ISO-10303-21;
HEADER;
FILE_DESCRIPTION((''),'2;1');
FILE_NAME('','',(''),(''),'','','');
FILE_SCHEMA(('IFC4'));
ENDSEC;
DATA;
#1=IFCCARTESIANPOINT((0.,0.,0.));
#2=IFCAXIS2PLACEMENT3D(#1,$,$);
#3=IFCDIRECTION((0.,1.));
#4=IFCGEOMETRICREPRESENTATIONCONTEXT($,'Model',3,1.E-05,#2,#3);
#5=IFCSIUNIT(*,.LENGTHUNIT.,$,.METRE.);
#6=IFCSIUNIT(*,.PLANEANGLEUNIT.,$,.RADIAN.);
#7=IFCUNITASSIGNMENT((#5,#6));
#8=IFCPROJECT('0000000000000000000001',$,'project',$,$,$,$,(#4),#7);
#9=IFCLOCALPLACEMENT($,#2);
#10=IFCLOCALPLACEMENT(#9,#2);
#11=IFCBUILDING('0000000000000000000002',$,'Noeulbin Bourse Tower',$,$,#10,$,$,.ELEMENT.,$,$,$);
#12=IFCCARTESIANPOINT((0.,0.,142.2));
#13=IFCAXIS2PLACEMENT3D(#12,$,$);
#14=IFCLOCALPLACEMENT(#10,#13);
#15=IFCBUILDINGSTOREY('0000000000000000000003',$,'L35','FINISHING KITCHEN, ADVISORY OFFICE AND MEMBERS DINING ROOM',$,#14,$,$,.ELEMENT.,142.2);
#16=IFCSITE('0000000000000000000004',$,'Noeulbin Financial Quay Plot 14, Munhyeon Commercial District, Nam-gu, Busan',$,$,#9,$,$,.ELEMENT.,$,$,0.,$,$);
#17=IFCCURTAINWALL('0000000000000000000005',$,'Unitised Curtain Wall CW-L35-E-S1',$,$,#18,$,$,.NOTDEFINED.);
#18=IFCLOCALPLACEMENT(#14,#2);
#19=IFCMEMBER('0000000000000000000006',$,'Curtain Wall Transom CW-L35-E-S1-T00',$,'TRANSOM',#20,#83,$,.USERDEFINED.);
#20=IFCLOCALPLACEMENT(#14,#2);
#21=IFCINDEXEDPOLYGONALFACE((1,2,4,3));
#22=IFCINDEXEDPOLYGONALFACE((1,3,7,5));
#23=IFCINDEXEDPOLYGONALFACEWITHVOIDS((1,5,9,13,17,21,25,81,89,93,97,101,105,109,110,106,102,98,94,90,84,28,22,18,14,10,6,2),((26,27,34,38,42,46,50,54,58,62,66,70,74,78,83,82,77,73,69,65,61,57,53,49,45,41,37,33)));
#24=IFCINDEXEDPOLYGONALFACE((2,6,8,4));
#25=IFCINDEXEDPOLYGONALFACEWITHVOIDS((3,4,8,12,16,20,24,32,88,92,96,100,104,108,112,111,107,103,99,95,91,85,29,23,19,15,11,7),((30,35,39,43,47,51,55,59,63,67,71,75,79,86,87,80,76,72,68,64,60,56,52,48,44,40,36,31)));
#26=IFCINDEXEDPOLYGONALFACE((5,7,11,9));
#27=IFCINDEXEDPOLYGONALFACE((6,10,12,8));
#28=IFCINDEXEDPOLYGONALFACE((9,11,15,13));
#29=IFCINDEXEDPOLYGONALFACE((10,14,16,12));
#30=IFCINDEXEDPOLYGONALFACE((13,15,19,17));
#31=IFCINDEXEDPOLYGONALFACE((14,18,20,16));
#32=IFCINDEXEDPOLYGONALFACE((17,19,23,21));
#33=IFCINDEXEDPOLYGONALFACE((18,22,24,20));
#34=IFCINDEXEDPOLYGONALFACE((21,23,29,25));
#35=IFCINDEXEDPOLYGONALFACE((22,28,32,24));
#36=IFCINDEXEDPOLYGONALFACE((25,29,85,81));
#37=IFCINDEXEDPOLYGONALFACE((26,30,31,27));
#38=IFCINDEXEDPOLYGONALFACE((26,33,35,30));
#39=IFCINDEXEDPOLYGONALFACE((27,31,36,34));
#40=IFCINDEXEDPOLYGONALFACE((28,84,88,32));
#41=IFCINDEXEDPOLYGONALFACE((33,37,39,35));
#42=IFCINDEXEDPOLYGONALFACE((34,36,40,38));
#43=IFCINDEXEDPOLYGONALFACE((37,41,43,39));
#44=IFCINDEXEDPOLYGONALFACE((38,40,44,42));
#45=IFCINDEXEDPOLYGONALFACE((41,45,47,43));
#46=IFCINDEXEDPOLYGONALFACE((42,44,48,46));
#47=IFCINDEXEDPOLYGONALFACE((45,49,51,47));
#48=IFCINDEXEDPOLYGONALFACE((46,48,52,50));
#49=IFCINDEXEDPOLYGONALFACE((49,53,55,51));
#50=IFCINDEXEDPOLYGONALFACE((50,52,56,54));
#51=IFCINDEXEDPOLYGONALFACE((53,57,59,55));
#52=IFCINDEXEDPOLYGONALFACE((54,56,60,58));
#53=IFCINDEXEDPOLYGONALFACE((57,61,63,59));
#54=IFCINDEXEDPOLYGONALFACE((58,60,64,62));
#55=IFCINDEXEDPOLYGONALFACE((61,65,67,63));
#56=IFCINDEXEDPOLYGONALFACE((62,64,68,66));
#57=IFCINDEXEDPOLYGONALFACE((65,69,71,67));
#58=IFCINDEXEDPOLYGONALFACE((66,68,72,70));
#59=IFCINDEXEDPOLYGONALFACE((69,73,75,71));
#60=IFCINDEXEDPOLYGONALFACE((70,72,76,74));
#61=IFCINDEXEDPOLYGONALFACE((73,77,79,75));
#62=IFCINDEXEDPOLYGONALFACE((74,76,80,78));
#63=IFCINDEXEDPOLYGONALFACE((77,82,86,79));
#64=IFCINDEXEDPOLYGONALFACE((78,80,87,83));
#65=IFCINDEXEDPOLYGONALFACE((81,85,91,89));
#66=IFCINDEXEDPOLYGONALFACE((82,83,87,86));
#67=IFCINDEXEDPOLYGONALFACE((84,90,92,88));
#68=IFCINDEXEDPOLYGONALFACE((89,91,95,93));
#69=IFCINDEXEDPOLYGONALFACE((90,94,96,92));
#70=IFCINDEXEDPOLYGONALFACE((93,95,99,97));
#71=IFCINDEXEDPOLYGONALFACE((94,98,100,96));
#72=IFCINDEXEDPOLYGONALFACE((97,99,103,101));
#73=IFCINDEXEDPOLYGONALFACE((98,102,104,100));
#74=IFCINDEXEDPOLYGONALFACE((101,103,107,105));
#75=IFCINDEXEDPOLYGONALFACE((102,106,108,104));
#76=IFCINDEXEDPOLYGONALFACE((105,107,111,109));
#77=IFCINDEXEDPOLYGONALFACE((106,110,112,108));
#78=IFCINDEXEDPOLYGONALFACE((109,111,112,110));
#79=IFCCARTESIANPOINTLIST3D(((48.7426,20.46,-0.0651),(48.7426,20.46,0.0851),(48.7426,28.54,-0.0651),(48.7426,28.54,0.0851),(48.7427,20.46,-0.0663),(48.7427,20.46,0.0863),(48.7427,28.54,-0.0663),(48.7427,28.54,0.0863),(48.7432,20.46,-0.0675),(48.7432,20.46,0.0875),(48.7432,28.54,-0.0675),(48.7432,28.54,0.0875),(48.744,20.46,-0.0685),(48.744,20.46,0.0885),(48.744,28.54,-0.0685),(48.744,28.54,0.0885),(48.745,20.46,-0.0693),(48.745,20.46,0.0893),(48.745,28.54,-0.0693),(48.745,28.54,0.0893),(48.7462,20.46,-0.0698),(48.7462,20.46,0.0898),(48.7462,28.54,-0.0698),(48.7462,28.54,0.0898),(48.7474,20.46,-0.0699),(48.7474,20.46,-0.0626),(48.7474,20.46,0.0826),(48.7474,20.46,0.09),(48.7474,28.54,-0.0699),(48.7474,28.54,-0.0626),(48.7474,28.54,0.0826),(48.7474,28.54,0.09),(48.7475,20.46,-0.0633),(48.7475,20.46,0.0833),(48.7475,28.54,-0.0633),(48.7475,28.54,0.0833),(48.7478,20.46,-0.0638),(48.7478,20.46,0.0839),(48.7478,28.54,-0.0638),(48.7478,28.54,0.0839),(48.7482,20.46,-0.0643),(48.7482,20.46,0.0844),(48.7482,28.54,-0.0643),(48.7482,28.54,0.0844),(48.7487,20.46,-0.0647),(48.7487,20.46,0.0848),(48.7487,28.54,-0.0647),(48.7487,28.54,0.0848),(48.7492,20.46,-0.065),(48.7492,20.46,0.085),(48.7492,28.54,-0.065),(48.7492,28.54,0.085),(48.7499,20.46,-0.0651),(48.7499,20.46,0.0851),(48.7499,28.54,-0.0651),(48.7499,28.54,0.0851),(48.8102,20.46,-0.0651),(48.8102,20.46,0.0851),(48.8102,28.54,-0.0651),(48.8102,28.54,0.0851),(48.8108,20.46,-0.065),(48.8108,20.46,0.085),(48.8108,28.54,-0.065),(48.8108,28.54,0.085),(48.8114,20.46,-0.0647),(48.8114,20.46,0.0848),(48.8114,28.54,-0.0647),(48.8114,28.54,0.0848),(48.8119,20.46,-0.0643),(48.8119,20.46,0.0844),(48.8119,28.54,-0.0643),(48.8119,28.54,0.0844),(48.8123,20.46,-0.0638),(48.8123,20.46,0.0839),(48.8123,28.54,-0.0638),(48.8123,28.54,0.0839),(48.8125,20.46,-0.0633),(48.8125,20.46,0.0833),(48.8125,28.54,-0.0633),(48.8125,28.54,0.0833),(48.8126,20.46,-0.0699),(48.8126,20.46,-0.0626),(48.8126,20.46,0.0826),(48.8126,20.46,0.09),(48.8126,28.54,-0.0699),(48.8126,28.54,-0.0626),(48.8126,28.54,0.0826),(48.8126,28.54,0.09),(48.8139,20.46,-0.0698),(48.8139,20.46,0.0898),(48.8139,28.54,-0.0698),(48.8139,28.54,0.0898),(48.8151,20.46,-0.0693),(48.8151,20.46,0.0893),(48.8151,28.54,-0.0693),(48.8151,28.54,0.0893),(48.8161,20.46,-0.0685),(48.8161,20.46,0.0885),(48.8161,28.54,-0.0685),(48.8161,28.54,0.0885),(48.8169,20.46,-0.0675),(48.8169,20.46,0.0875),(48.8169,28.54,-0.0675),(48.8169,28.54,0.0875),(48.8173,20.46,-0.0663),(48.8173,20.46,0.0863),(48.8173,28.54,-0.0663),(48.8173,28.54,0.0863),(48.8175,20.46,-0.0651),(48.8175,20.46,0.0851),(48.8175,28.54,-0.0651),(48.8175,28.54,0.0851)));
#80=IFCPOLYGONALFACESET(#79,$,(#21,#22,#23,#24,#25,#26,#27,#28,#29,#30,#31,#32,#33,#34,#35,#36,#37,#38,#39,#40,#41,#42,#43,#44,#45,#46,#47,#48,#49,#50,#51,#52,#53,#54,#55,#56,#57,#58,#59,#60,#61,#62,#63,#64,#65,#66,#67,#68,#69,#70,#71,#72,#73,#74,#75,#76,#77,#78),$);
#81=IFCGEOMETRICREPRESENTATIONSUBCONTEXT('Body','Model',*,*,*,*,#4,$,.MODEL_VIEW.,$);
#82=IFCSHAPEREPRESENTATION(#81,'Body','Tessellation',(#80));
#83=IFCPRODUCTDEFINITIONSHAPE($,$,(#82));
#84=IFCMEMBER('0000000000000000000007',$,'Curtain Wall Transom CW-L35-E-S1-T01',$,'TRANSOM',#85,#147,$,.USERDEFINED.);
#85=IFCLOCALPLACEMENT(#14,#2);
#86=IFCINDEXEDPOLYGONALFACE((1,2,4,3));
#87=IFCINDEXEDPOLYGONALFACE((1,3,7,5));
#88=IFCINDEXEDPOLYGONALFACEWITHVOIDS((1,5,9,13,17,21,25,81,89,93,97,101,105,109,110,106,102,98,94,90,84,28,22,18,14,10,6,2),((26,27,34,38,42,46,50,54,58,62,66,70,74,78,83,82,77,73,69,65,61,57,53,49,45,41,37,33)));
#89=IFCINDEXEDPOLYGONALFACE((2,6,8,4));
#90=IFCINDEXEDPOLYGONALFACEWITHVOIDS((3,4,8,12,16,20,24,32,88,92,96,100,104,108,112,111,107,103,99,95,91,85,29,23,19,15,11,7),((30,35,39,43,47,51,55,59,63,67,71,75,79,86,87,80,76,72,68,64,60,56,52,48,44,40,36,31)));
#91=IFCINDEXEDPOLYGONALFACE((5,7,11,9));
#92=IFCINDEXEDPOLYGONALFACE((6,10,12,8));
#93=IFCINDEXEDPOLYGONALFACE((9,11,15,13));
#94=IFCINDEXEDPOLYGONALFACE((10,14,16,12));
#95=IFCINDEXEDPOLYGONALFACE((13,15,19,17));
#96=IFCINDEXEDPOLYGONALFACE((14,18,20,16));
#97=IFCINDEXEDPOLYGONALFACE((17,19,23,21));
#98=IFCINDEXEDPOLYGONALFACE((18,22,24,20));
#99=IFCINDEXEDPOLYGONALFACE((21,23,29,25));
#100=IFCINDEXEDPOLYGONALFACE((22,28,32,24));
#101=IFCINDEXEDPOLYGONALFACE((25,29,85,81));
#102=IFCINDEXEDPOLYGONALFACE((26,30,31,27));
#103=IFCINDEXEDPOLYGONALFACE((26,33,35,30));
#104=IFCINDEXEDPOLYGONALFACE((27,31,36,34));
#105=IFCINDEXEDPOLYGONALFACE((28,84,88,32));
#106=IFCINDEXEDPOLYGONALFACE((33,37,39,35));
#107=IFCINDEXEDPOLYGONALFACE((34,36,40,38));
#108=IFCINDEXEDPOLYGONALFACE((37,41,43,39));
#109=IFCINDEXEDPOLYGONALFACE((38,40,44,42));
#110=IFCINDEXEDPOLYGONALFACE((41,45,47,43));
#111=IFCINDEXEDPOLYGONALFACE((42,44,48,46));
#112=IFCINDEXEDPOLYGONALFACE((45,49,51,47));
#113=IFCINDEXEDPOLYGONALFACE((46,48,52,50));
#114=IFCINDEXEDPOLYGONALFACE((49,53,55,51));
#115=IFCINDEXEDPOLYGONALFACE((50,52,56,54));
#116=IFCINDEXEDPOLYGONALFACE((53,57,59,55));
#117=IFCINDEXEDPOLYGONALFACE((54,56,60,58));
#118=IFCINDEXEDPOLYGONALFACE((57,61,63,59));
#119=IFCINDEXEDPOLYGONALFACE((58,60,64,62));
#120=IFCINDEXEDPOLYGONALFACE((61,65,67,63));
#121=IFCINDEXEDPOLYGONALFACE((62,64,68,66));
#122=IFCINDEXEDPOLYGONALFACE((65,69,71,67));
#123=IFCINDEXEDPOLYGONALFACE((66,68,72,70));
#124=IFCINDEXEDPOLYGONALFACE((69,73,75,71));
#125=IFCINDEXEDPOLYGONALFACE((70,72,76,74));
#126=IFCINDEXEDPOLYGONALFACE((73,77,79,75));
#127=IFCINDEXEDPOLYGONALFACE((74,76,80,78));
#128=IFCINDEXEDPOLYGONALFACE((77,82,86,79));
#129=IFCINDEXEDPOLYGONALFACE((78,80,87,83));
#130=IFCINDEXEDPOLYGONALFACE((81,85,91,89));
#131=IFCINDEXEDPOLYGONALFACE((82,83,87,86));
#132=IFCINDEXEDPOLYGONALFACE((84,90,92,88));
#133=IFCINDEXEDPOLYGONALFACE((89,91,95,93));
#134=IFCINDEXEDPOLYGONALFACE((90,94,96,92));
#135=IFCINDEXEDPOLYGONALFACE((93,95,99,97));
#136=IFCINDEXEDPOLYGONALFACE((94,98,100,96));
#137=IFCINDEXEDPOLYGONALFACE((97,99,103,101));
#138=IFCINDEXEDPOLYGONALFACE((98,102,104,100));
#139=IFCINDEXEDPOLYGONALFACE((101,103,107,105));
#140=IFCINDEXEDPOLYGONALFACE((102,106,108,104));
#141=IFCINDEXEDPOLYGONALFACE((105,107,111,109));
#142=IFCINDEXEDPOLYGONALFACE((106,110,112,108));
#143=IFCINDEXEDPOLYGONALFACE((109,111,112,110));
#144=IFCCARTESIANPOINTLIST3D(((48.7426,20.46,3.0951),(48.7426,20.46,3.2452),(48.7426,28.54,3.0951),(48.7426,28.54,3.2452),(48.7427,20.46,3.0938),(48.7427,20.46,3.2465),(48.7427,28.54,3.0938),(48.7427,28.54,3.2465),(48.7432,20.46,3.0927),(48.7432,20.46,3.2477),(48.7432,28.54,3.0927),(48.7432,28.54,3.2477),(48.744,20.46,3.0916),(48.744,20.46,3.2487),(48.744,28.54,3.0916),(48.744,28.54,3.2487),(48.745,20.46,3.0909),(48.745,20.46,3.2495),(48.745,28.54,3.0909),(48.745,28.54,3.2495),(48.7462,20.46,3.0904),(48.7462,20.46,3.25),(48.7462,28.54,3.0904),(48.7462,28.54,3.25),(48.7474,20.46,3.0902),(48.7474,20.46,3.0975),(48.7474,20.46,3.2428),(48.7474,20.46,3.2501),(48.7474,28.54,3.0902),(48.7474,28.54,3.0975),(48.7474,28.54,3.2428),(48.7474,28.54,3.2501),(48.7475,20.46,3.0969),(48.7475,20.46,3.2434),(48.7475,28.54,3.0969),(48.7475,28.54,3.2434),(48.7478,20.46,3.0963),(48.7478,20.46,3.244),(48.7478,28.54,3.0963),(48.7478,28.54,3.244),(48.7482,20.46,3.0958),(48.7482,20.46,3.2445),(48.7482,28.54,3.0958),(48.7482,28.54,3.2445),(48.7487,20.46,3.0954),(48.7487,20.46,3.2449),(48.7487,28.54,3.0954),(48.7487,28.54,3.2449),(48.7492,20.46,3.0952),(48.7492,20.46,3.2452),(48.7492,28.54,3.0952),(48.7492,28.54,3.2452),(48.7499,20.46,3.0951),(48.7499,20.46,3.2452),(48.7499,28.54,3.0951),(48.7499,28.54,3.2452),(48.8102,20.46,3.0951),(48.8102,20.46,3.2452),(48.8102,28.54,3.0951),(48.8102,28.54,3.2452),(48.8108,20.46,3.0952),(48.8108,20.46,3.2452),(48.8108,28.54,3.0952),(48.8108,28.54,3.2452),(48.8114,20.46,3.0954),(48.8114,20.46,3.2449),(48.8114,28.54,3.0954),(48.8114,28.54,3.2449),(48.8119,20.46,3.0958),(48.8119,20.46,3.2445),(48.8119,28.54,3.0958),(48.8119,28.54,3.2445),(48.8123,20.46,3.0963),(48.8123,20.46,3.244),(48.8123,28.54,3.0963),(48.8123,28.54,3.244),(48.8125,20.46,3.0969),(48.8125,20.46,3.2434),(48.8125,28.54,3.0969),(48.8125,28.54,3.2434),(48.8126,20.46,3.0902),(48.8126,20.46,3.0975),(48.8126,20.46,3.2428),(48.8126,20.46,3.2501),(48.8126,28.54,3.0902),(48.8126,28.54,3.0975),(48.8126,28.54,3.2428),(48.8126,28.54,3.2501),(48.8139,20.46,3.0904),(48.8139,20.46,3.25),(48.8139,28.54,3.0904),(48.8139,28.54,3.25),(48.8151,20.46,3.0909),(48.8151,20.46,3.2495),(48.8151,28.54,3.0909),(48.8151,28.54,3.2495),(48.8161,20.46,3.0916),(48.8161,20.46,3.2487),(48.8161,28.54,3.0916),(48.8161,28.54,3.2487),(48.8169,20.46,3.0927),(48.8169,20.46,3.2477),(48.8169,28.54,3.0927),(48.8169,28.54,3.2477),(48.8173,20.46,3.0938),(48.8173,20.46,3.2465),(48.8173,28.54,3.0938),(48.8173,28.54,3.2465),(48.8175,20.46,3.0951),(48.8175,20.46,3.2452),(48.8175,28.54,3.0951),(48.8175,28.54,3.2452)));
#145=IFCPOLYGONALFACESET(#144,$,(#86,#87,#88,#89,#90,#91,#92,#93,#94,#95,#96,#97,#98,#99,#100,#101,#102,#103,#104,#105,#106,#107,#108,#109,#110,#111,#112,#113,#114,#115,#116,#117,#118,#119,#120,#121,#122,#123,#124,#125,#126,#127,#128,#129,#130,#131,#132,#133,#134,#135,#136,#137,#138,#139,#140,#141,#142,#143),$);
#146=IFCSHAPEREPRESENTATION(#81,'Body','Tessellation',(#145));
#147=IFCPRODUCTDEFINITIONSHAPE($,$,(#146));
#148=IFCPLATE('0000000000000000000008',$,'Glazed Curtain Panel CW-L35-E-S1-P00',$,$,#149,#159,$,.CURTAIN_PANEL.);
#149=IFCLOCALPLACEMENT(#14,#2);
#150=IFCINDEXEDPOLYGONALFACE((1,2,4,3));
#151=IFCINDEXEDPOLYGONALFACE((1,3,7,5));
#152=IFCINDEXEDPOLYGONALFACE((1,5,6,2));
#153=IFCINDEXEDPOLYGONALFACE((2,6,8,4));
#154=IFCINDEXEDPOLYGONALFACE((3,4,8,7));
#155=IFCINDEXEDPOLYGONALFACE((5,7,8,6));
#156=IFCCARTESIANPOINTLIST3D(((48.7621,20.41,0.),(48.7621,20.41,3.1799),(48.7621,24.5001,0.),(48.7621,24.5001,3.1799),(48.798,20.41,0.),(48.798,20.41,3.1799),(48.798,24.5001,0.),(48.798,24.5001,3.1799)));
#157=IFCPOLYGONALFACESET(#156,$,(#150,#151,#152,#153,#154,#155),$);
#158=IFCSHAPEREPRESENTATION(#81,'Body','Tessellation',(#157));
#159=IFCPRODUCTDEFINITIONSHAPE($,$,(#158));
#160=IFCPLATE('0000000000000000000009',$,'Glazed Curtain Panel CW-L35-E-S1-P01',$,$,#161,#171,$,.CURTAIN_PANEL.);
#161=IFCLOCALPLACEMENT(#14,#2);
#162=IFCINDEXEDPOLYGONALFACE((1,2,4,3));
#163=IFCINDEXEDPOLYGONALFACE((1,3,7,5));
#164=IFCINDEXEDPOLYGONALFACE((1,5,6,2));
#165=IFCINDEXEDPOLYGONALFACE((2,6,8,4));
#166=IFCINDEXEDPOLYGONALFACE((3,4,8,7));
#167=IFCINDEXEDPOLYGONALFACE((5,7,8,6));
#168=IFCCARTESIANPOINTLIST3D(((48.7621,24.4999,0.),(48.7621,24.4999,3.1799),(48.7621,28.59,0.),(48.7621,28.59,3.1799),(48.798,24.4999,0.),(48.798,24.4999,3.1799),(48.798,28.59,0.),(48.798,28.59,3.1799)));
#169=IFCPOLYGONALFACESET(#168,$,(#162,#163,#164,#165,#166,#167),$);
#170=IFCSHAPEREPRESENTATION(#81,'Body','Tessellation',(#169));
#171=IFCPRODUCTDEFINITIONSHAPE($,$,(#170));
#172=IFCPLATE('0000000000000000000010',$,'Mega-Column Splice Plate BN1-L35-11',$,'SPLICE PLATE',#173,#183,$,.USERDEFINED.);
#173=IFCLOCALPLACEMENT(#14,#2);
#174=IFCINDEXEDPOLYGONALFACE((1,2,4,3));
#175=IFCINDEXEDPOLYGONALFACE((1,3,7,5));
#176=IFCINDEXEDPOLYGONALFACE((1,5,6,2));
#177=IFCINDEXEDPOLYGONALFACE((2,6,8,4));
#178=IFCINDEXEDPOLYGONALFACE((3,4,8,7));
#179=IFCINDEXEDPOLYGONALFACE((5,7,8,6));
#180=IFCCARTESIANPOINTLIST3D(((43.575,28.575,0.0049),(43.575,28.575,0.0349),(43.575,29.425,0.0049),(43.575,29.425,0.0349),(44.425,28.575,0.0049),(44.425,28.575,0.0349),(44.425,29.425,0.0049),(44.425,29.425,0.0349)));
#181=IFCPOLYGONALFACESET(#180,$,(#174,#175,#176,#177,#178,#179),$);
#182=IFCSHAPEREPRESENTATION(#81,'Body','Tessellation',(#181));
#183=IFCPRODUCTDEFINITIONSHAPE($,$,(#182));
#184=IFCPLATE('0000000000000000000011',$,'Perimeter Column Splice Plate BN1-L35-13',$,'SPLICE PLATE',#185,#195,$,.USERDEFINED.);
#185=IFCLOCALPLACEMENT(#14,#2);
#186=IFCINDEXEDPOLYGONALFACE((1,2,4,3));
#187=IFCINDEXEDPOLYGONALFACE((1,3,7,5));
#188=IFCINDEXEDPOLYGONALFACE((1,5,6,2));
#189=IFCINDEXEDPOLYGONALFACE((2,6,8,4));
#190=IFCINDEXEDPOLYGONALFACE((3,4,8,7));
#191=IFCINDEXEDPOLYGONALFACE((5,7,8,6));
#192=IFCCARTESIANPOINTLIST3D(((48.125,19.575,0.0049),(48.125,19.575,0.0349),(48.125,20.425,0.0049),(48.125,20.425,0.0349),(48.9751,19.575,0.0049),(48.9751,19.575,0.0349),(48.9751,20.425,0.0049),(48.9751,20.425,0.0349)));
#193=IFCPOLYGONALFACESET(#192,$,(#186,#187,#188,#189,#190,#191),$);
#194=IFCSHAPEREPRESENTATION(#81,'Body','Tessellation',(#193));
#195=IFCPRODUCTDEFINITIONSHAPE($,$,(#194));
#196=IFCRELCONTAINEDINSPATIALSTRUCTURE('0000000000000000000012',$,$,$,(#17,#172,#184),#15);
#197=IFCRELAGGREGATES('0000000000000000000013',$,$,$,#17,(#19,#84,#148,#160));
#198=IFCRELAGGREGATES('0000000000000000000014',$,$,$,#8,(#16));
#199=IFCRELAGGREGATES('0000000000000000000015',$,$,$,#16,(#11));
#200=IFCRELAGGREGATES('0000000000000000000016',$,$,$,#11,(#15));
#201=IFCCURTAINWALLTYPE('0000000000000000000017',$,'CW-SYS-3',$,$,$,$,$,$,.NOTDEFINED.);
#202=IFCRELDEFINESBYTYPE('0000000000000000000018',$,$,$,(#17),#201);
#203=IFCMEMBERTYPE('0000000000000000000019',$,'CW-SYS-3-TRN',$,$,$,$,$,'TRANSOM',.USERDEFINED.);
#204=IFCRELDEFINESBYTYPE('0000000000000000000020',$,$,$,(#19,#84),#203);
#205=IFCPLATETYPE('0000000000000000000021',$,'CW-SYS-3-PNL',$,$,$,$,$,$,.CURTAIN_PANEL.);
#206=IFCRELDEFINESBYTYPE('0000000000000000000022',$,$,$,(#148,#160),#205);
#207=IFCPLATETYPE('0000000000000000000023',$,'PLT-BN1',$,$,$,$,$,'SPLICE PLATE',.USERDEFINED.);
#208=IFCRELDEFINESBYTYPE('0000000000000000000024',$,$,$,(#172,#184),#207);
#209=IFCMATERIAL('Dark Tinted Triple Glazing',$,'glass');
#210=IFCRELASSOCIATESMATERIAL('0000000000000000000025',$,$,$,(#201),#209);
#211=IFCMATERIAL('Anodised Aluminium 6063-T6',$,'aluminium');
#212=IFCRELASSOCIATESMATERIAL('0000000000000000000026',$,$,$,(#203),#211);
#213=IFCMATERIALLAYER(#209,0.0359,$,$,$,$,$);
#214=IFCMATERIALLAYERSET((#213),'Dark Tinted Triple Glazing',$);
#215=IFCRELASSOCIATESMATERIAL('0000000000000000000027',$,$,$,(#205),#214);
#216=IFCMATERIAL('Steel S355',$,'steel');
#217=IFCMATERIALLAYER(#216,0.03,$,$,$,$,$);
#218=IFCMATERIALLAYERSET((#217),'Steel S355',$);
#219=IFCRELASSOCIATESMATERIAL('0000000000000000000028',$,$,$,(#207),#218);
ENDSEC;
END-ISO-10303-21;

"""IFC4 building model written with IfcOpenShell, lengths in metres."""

from ifc_helpers import new_model, si_unit, direction, frame, origin, origin_2d, place, context, subcontext, project, spatial, rectangle, hollow_rectangle, extrude, material, layer, layer_set, material_profile, profile_set, type_object, element, aggregate, save


model = new_model("IFC4")

# Units and contexts
model_context = context("Model", 3, precision=1e-05, world=origin(), true_north=direction((0.0, 1.0)))
body_context = subcontext(model_context, "Body", "Model", "MODEL_VIEW")
ifc_project = project(units=[si_unit("LENGTHUNIT", "METRE"), si_unit("PLANEANGLEUNIT", "RADIAN")], contexts=[model_context])

# Site, building, storey
site_placement = place(None, origin())
site = spatial("IfcSite", under=ifc_project, at=site_placement, Name="Noeulbin Financial Quay Plot 14, Munhyeon Commercial District, Nam-gu, Busan", CompositionType="ELEMENT", RefElevation=0.0)
building_placement = place(site_placement, origin())
building = spatial("IfcBuilding", under=site, at=building_placement, Name="Noeulbin Bourse Tower", CompositionType="ELEMENT")
storey_placement = place(building_placement, frame((0.0, 0.0, 142.2)))
storey = spatial("IfcBuildingStorey", under=building, at=storey_placement, Name="L35", Description="FINISHING KITCHEN, ADVISORY OFFICE AND MEMBERS DINING ROOM", CompositionType="ELEMENT", Elevation=142.2)

# Shared definitions
ifc_material_1 = material(Name="Steel S355", Category="steel")

# Curtain wall, members, plates
ifc_material_2 = material(Name="Dark Tinted Triple Glazing", Category="glass")
curtain_wall_type = type_object("IfcCurtainWallType", Name="CW-SYS-3", PredefinedType="NOTDEFINED", material=ifc_material_2)
curtain_wall_placement = place(storey_placement, origin())
curtain_wall = element("IfcCurtainWall", 1, at=curtain_wall_placement, inside=storey, type_object=curtain_wall_type, Name="Unitised Curtain Wall CW-L35-E-S1", PredefinedType="NOTDEFINED")
ifc_material_3 = material(Name="Anodised Aluminium 6063-T6", Category="aluminium")
ifc_material_profile_1 = material_profile(ifc_material_3, hollow_rectangle(XDim=0.075, YDim=0.1599, WallThickness=0.0049, InnerFilletRadius=0.0024, OuterFilletRadius=0.0049, at=origin_2d()), Name="ALU-TRAN-75x160x5", Category="LoadBearing")
ifc_profile_set_1 = profile_set([ifc_material_profile_1], Name="Anodised Aluminium 6063-T6")
member_type_1 = type_object("IfcMemberType", Name="CW-SYS-3-TRN", ElementType="TRANSOM", PredefinedType="USERDEFINED", material=ifc_profile_set_1)
member_1_placement = place(storey_placement, frame((48.78, 20.46, 0.01), z_axis=(0.0, 1.0, 0.0), x_axis=(-1.0, 0.0, 0.0)))
member_1 = element("IfcMember", 2, at=member_1_placement, type_object=member_type_1, Name="Curtain Wall Transom CW-L35-E-S1-T00", ObjectType="TRANSOM", PredefinedType="USERDEFINED", context=body_context, shape_type="SweptSolid", body=[
    extrude(hollow_rectangle(XDim=0.075, YDim=0.1599, WallThickness=0.0049, InnerFilletRadius=0.0024, OuterFilletRadius=0.0049, at=origin_2d()), origin(), (0.0, 0.0, 1.0), 8.0801),
])
member_2_placement = place(storey_placement, frame((48.78, 20.46, 3.1702), z_axis=(0.0, 1.0, 0.0), x_axis=(-1.0, 0.0, 0.0)))
member_2 = element("IfcMember", 3, at=member_2_placement, type_object=member_type_1, Name="Curtain Wall Transom CW-L35-E-S1-T01", ObjectType="TRANSOM", PredefinedType="USERDEFINED", context=body_context, shape_type="SweptSolid", body=[
    extrude(hollow_rectangle(XDim=0.075, YDim=0.1599, WallThickness=0.0049, InnerFilletRadius=0.0024, OuterFilletRadius=0.0049, at=origin_2d()), origin(), (0.0, 0.0, 1.0), 8.0801),
])
ifc_layer_1 = layer(ifc_material_2, 0.0359)
ifc_layer_set_1 = layer_set([ifc_layer_1], Name="Dark Tinted Triple Glazing")
plate_type_1 = type_object("IfcPlateType", Name="CW-SYS-3-PNL", PredefinedType="CURTAIN_PANEL", material=ifc_layer_set_1)
plate_1_placement = place(storey_placement, frame((48.78, 22.4551, 0.0), z_axis=(0.0, 0.0, 1.0), x_axis=(0.0, 1.0, 0.0)))
plate_1 = element("IfcPlate", 4, at=plate_1_placement, type_object=plate_type_1, Name="Glazed Curtain Panel CW-L35-E-S1-P00", PredefinedType="CURTAIN_PANEL", context=body_context, shape_type="SweptSolid", body=[
    extrude(rectangle(XDim=4.0901, YDim=0.0359, at=origin_2d()), origin(), (0.0, 0.0, 1.0), 3.1799),
])
plate_2_placement = place(storey_placement, frame((48.78, 26.5449, 0.0), z_axis=(0.0, 0.0, 1.0), x_axis=(0.0, 1.0, 0.0)))
plate_2 = element("IfcPlate", 5, at=plate_2_placement, type_object=plate_type_1, Name="Glazed Curtain Panel CW-L35-E-S1-P01", PredefinedType="CURTAIN_PANEL", context=body_context, shape_type="SweptSolid", body=[
    extrude(rectangle(XDim=4.0901, YDim=0.0359, at=origin_2d()), origin(), (0.0, 0.0, 1.0), 3.1799),
])
aggregate(curtain_wall, [member_1, member_2, plate_1, plate_2])

# Plates
ifc_layer_2 = layer(ifc_material_1, 0.03)
ifc_layer_set_2 = layer_set([ifc_layer_2], Name="Steel S355")
plate_type_2 = type_object("IfcPlateType", Name="PLT-BN1", ElementType="SPLICE PLATE", PredefinedType="USERDEFINED", material=ifc_layer_set_2)
for number, where, z_axis, x_axis, name in (
    (6, (44.0, 29.0, 0.0049), (0.0, 0.0, 1.0), (1.0, 0.0, 0.0), "Mega-Column Splice Plate BN1-L35-11"),
    (7, (48.55, 20.0, 0.0049), (0.0, 0.0, 1.0), (1.0, 0.0, 0.0), "Perimeter Column Splice Plate BN1-L35-13"),
):
    element("IfcPlate", number, at=place(storey_placement, frame(where, z_axis=z_axis, x_axis=x_axis)), inside=storey, type_object=plate_type_2, Name=name, ObjectType="SPLICE PLATE", PredefinedType="USERDEFINED", context=body_context, shape_type="SweptSolid", body=[
        extrude(rectangle(XDim=0.8501, YDim=0.8501, at=origin_2d()), origin(), (0.0, 0.0, 1.0), 0.03),
    ])

save(model, "model.ifc")
